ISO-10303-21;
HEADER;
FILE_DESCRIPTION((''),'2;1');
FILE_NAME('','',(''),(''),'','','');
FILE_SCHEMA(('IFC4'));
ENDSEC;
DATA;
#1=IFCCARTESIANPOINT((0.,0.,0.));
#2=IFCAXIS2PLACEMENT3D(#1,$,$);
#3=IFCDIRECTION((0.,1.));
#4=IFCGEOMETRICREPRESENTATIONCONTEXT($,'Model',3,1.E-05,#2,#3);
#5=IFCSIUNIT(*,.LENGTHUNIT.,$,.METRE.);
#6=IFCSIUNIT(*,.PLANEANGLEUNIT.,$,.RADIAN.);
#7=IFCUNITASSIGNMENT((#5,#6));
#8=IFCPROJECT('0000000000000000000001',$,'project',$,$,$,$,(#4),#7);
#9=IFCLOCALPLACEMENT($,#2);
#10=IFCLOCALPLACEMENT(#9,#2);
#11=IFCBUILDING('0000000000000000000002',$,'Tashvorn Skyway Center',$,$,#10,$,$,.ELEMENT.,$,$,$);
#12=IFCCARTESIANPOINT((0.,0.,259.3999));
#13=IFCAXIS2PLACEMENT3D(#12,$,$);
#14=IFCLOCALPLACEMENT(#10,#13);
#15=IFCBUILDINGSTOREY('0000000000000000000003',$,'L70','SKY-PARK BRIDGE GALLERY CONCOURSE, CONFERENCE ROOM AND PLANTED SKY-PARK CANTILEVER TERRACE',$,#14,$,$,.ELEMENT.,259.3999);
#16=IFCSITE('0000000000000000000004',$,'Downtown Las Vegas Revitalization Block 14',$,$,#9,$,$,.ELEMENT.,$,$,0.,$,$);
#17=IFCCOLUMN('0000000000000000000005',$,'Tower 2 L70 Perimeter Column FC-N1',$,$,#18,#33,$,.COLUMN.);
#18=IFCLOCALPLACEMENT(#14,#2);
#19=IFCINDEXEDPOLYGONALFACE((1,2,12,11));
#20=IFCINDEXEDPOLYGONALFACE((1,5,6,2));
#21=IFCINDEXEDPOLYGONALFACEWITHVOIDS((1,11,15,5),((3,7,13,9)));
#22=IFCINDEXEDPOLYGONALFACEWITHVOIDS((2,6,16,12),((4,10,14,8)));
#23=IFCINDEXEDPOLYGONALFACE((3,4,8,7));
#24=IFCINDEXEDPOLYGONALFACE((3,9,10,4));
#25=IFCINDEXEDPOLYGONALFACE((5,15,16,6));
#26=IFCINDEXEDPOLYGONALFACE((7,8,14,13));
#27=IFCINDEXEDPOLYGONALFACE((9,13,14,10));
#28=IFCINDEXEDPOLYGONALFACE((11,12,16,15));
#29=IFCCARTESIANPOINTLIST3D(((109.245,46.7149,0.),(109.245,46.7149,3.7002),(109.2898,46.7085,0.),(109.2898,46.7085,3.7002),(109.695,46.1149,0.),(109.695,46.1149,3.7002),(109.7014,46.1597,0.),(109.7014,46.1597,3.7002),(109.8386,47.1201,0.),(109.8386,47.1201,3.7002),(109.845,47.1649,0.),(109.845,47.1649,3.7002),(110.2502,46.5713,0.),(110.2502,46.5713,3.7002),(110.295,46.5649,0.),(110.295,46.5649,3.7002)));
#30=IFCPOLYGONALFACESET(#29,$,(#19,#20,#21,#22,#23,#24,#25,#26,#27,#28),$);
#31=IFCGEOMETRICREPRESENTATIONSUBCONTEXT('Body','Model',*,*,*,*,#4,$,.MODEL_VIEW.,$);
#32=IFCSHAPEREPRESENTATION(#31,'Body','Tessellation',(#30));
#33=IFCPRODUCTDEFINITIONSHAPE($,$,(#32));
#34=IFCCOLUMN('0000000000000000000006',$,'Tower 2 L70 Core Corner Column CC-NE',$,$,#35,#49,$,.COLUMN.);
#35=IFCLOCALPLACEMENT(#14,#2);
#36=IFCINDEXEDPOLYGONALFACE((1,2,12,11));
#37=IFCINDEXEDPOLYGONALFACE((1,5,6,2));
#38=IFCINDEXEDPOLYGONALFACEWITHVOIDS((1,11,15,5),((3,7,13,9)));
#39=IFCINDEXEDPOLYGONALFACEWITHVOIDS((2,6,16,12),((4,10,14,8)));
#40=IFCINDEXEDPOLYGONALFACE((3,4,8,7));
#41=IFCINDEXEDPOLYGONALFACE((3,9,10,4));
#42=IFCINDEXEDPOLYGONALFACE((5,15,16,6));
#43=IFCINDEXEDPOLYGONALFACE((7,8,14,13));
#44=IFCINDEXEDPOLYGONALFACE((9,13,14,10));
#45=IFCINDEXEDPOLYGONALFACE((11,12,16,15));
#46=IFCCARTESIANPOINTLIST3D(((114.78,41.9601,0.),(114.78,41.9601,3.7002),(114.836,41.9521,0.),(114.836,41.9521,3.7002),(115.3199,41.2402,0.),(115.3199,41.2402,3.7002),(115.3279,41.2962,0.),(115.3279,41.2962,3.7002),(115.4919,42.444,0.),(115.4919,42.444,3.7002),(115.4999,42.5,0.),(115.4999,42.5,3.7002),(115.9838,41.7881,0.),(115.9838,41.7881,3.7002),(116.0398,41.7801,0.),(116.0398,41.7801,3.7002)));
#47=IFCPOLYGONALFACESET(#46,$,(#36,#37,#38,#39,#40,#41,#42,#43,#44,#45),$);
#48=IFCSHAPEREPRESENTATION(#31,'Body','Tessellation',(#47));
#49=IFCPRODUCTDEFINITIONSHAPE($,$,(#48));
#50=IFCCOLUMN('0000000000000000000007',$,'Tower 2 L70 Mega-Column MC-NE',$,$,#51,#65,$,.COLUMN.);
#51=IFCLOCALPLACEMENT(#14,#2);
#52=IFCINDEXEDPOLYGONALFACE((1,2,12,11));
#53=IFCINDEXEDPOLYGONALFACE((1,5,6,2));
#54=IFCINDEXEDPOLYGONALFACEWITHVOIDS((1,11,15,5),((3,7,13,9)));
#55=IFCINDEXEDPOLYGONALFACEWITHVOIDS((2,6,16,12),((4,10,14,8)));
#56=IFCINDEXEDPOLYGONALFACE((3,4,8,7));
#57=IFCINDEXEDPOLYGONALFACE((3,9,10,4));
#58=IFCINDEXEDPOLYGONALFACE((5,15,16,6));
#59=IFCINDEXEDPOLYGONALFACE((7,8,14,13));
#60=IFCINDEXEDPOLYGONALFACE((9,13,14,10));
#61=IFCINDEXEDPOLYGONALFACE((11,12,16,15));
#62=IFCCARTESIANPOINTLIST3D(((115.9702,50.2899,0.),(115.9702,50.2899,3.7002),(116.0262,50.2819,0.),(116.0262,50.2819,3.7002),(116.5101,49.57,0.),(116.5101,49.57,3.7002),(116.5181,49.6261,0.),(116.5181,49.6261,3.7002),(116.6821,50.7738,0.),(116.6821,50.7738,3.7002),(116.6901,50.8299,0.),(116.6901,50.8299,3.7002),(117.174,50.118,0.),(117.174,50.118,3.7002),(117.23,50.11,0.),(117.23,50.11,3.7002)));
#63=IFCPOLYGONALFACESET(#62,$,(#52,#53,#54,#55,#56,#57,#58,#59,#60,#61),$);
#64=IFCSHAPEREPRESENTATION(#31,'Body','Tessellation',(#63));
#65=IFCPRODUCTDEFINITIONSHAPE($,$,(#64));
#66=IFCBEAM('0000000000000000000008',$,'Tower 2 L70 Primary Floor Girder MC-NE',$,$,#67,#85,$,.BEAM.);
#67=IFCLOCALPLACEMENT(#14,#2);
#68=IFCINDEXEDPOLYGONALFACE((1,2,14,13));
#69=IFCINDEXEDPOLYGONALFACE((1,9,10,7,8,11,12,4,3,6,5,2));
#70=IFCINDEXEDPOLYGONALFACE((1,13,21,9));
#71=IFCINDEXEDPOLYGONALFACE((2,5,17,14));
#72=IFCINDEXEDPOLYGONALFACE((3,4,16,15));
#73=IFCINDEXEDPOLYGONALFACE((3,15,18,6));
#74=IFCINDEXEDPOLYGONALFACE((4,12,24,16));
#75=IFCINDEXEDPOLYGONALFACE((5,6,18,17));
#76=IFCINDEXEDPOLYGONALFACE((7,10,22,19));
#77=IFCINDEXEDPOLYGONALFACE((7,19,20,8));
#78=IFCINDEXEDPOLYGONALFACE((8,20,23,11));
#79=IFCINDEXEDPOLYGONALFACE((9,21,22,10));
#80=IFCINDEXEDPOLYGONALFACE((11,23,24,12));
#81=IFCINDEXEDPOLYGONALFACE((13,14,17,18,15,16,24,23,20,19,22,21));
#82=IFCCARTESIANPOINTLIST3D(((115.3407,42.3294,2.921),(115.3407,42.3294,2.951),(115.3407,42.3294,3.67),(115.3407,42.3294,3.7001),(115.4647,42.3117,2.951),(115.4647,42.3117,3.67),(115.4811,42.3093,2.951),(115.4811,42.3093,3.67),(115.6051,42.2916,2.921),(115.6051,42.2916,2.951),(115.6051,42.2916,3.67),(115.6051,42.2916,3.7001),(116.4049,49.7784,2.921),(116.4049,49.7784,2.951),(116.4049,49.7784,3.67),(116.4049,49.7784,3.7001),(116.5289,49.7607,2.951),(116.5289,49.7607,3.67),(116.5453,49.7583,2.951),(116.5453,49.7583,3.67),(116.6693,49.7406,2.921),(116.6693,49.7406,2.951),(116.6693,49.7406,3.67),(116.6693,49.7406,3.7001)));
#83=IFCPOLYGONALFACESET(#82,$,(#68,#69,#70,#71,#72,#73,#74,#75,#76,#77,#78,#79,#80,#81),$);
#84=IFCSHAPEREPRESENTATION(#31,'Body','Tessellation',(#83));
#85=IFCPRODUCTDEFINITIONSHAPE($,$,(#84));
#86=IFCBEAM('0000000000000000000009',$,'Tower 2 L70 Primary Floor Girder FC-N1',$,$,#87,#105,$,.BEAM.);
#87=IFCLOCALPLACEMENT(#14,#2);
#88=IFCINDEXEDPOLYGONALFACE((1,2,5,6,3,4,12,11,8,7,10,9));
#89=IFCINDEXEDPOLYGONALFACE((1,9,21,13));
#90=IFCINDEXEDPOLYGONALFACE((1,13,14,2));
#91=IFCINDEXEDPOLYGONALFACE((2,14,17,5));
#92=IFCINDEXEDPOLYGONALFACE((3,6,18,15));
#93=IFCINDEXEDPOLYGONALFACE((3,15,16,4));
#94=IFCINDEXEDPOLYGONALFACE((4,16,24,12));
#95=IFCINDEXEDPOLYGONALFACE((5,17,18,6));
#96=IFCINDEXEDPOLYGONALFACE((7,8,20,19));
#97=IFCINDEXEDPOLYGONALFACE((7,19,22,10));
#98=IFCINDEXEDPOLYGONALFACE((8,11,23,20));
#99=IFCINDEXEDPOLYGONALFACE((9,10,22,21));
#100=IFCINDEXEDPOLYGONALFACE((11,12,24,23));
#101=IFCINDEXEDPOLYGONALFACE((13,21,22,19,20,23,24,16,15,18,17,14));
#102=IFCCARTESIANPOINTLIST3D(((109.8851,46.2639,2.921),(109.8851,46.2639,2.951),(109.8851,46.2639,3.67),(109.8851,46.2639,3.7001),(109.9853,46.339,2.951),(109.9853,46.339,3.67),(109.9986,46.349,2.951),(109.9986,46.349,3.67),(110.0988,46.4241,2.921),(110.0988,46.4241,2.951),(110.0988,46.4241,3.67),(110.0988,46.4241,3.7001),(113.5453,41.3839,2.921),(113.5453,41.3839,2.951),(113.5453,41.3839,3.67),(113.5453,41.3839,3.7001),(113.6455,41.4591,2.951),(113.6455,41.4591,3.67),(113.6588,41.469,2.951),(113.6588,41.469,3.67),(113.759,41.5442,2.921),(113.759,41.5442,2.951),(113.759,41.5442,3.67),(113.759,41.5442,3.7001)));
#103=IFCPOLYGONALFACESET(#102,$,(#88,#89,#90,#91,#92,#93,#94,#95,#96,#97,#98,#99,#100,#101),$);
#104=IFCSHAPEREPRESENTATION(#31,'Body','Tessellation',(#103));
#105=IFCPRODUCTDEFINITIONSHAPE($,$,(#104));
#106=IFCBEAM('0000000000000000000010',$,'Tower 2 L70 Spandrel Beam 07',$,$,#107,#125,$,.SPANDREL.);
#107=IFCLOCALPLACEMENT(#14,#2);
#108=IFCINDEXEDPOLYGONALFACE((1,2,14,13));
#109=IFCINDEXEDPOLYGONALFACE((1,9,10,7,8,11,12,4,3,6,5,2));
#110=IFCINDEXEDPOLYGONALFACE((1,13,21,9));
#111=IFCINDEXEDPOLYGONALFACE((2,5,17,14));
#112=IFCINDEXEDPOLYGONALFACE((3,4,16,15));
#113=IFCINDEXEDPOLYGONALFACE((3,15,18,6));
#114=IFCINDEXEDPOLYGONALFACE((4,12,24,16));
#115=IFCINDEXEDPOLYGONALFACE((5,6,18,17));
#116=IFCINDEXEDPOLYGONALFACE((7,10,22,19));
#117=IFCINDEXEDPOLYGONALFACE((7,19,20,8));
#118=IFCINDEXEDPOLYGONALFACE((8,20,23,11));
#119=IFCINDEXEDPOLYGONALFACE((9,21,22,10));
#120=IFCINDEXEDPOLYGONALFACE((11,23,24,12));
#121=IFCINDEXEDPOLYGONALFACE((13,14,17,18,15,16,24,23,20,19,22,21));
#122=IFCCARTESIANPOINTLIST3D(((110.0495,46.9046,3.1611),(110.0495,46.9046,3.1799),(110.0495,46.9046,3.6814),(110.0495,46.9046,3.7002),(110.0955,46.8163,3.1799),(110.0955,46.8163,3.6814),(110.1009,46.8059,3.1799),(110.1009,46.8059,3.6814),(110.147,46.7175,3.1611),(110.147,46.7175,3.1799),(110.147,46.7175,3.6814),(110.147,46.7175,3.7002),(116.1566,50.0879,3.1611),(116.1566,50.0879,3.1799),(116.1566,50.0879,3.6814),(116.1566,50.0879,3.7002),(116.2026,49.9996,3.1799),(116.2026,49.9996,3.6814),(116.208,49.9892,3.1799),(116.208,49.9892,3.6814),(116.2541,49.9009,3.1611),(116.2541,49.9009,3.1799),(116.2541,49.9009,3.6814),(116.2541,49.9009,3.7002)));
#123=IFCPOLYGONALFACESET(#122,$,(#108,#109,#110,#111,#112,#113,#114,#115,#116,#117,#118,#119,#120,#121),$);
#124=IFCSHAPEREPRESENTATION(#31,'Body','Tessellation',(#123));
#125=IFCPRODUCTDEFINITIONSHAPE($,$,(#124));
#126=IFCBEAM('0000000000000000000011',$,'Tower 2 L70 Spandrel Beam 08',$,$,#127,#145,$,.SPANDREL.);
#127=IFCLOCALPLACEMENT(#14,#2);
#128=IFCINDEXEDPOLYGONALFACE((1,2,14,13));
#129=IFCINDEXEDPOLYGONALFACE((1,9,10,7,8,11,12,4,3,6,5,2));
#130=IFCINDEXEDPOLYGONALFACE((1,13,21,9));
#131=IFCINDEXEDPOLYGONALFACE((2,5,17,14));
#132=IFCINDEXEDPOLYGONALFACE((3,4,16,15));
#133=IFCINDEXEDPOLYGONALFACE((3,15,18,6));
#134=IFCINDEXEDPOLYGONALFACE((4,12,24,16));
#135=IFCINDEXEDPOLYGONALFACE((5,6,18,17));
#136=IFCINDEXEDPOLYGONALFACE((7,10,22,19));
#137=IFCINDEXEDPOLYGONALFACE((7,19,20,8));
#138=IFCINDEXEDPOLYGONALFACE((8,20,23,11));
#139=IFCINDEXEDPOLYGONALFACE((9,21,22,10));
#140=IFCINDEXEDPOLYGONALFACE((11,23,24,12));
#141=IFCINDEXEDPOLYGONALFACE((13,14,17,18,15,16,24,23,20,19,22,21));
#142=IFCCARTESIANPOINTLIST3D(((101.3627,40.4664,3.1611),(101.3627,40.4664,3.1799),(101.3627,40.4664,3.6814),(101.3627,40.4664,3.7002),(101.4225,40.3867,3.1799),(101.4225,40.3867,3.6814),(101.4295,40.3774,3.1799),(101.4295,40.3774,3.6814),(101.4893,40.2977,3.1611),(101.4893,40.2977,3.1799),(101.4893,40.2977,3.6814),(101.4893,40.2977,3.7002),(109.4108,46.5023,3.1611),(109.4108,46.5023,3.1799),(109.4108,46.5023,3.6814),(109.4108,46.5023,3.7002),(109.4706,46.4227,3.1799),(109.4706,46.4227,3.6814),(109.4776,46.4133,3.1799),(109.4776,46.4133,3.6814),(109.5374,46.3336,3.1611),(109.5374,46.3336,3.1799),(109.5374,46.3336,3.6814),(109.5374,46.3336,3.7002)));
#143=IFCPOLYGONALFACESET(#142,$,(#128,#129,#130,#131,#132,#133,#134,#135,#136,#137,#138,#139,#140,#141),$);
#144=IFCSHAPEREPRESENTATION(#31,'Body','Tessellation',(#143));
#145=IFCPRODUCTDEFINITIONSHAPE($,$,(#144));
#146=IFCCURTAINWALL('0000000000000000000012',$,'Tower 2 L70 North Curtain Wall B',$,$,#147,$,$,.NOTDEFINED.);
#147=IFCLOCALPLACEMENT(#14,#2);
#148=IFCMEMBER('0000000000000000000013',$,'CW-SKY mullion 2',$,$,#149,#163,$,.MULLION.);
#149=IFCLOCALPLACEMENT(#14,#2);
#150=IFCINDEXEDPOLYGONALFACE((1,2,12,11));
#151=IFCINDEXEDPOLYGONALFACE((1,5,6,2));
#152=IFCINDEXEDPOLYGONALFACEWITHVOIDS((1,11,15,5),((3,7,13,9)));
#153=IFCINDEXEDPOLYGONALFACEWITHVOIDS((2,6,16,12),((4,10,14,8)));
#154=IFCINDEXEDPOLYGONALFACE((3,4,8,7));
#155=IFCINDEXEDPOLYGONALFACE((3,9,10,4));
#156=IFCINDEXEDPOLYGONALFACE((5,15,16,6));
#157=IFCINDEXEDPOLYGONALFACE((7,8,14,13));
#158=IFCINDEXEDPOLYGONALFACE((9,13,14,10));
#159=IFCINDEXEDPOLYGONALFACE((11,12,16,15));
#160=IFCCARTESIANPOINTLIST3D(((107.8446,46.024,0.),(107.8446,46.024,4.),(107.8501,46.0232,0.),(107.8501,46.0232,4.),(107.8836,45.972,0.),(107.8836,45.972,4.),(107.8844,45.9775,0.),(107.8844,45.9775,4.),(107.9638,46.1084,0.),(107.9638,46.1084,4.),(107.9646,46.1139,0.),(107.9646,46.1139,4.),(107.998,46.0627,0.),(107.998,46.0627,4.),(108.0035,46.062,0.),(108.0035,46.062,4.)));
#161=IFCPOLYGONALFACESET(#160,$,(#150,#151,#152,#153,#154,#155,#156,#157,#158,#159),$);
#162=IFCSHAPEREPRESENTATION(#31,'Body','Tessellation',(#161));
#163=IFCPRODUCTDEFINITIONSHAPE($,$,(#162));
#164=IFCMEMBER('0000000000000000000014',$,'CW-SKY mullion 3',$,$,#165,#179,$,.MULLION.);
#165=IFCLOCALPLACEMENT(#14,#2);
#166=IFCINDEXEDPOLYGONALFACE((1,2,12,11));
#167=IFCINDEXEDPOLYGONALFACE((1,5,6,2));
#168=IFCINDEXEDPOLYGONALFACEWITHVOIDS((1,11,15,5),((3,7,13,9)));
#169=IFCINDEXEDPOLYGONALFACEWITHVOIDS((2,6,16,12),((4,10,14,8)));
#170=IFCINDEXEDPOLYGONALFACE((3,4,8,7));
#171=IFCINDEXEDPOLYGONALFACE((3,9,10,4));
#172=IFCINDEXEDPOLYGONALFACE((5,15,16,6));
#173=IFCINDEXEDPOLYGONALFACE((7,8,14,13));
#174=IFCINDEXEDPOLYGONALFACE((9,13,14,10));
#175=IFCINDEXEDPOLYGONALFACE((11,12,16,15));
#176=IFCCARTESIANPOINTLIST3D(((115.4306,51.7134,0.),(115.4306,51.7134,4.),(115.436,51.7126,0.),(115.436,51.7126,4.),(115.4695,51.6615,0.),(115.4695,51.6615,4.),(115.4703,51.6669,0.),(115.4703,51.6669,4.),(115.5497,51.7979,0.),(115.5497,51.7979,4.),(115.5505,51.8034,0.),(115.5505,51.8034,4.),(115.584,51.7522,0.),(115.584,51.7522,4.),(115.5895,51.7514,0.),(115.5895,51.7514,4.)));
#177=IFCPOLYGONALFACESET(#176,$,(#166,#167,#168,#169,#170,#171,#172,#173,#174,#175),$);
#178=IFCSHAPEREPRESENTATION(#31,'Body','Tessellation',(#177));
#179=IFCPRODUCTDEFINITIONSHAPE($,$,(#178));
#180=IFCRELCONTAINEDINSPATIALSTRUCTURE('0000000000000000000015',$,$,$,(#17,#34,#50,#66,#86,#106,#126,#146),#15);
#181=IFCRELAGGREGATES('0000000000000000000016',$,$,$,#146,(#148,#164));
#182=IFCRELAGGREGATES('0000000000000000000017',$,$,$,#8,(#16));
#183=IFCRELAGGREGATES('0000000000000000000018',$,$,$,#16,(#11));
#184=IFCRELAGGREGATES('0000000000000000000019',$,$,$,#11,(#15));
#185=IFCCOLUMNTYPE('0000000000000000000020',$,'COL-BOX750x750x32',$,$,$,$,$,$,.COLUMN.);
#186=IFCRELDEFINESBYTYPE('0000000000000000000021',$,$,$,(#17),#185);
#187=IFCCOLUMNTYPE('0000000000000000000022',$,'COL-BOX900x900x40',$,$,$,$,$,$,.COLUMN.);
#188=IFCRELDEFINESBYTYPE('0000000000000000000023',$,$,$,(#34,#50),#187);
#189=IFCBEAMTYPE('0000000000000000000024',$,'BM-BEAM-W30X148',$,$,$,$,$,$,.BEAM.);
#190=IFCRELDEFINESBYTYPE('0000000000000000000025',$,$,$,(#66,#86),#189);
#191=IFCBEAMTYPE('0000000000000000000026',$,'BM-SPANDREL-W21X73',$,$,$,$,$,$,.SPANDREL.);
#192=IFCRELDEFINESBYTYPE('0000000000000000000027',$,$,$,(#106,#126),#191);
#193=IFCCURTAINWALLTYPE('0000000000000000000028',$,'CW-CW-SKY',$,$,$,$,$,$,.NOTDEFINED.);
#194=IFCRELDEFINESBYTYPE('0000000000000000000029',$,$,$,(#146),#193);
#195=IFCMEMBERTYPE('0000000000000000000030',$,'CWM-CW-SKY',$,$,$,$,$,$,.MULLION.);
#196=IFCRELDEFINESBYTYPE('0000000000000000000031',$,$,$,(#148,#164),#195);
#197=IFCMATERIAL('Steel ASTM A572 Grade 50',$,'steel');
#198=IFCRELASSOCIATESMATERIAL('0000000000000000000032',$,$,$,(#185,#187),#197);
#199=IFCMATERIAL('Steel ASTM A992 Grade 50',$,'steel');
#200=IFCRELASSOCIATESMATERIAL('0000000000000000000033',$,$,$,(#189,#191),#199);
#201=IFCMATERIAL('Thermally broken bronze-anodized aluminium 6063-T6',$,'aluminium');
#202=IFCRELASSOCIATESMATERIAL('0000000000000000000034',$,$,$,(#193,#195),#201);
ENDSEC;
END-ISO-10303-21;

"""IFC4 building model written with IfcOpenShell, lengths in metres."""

from ifc_helpers import new_model, si_unit, direction, frame, origin, origin_2d, place, context, subcontext, project, spatial, hollow_rectangle, i_section, extrude, material, material_profile, profile_set, type_object, element, aggregate, save


model = new_model("IFC4")

# Units and contexts
model_context = context("Model", 3, precision=1e-05, world=origin(), true_north=direction((0.0, 1.0)))
body_context = subcontext(model_context, "Body", "Model", "MODEL_VIEW")
ifc_project = project(units=[si_unit("LENGTHUNIT", "METRE"), si_unit("PLANEANGLEUNIT", "RADIAN")], contexts=[model_context])

# Site, building, storey
site_placement = place(None, origin())
site = spatial("IfcSite", under=ifc_project, at=site_placement, Name="Downtown Las Vegas Revitalization Block 14", CompositionType="ELEMENT", RefElevation=0.0)
building_placement = place(site_placement, origin())
building = spatial("IfcBuilding", under=site, at=building_placement, Name="Tashvorn Skyway Center", CompositionType="ELEMENT")
storey_placement = place(building_placement, frame((0.0, 0.0, 259.3999)))
storey = spatial("IfcBuildingStorey", under=building, at=storey_placement, Name="L70", Description="SKY-PARK BRIDGE GALLERY CONCOURSE, CONFERENCE ROOM AND PLANTED SKY-PARK CANTILEVER TERRACE", CompositionType="ELEMENT", Elevation=259.3999)

# Columns
ifc_material_1 = material(Name="Steel ASTM A572 Grade 50", Category="steel")
ifc_material_profile_1 = material_profile(ifc_material_1, hollow_rectangle(XDim=0.75, YDim=0.75, WallThickness=0.032, at=origin_2d()), Name="BOX750x750x32")
ifc_profile_set_1 = profile_set([ifc_material_profile_1], Name="Steel ASTM A572 Grade 50")
column_type_1 = type_object("IfcColumnType", Name="COL-BOX750x750x32", PredefinedType="COLUMN", material=ifc_profile_set_1)
column_placement = place(storey_placement, frame((109.77, 46.6399, 0.0), z_axis=(0.0, 0.0, 1.0), x_axis=(0.8, 0.6, 0.0)))
element("IfcColumn", 1, at=column_placement, inside=storey, type_object=column_type_1, Name="Tower 2 L70 Perimeter Column FC-N1", PredefinedType="COLUMN", context=body_context, shape_type="SweptSolid", body=[
    extrude(hollow_rectangle(XDim=0.75, YDim=0.75, WallThickness=0.032, at=origin_2d()), origin(), (0.0, 0.0, 1.0), 3.7002),
])
ifc_material_profile_2 = material_profile(ifc_material_1, hollow_rectangle(XDim=0.8999, YDim=0.8999, WallThickness=0.04, at=origin_2d()), Name="BOX900x900x40")
ifc_profile_set_2 = profile_set([ifc_material_profile_2], Name="Steel ASTM A572 Grade 50")
column_type_2 = type_object("IfcColumnType", Name="COL-BOX900x900x40", PredefinedType="COLUMN", material=ifc_profile_set_2)
for number, where, z_axis, x_axis, name in (
    (2, (115.4099, 41.8701, 0.0), (0.0, 0.0, 1.0), (0.8, 0.6, 0.0), "Tower 2 L70 Core Corner Column CC-NE"),
    (3, (116.6001, 50.2, 0.0), (0.0, 0.0, 1.0), (0.8, 0.6, 0.0), "Tower 2 L70 Mega-Column MC-NE"),
):
    element("IfcColumn", number, at=place(storey_placement, frame(where, z_axis=z_axis, x_axis=x_axis)), inside=storey, type_object=column_type_2, Name=name, PredefinedType="COLUMN", context=body_context, shape_type="SweptSolid", body=[
        extrude(hollow_rectangle(XDim=0.8999, YDim=0.8999, WallThickness=0.04, at=origin_2d()), origin(), (0.0, 0.0, 1.0), 3.7002),
    ])

# Beams
ifc_material_2 = material(Name="Steel ASTM A992 Grade 50", Category="steel")
ifc_material_profile_3 = material_profile(ifc_material_2, i_section(OverallWidth=0.2671, OverallDepth=0.7791, WebThickness=0.0166, FlangeThickness=0.03, at=origin_2d()), Name="W30X148")
ifc_profile_set_3 = profile_set([ifc_material_profile_3], Name="Steel ASTM A992 Grade 50")
beam_type_1 = type_object("IfcBeamType", Name="BM-BEAM-W30X148", PredefinedType="BEAM", material=ifc_profile_set_3)
beam_1_placement = place(storey_placement, frame((116.5371, 49.7595, 3.3105), z_axis=(-0.14143, -0.989948, 0.0), x_axis=(0.989948, -0.14143, 0.0)))
element("IfcBeam", 4, at=beam_1_placement, inside=storey, type_object=beam_type_1, Name="Tower 2 L70 Primary Floor Girder MC-NE", PredefinedType="BEAM", context=body_context, shape_type="SweptSolid", body=[
    extrude(i_section(OverallWidth=0.2671, OverallDepth=0.7791, WebThickness=0.0166, FlangeThickness=0.03, at=origin_2d()), origin(), (0.0, 0.0, 1.0), 7.5247),
])
beam_2_placement = place(storey_placement, frame((109.9919, 46.344, 3.3105), z_axis=(0.600026, -0.799981, 0.0), x_axis=(0.799981, 0.600026, 0.0)))
element("IfcBeam", 5, at=beam_2_placement, inside=storey, type_object=beam_type_1, Name="Tower 2 L70 Primary Floor Girder FC-N1", PredefinedType="BEAM", context=body_context, shape_type="SweptSolid", body=[
    extrude(i_section(OverallWidth=0.2671, OverallDepth=0.7791, WebThickness=0.0166, FlangeThickness=0.03, at=origin_2d()), origin(), (0.0, 0.0, 1.0), 6.1001),
])
ifc_material_profile_4 = material_profile(ifc_material_2, i_section(OverallWidth=0.2109, OverallDepth=0.5391, WebThickness=0.0117, FlangeThickness=0.0188, at=origin_2d()), Name="W21X73")
ifc_profile_set_4 = profile_set([ifc_material_profile_4], Name="Steel ASTM A992 Grade 50")
beam_type_2 = type_object("IfcBeamType", Name="BM-SPANDREL-W21X73", PredefinedType="SPANDREL", material=ifc_profile_set_4)
beam_3_placement = place(storey_placement, frame((116.2053, 49.9944, 3.4307), z_axis=(-0.886764, -0.462223, 0.0), x_axis=(0.462223, -0.886764, 0.0)))
element("IfcBeam", 6, at=beam_3_placement, inside=storey, type_object=beam_type_2, Name="Tower 2 L70 Spandrel Beam 07", PredefinedType="SPANDREL", context=body_context, shape_type="SweptSolid", body=[
    extrude(i_section(OverallWidth=0.2109, OverallDepth=0.5391, WebThickness=0.0117, FlangeThickness=0.0188, at=origin_2d()), origin(), (0.0, 0.0, 1.0), 6.887),
])
beam_4_placement = place(storey_placement, frame((109.4741, 46.418, 3.4307), z_axis=(-0.800009, -0.599988, 0.0), x_axis=(0.599988, -0.800009, 0.0)))
element("IfcBeam", 7, at=beam_4_placement, inside=storey, type_object=beam_type_2, Name="Tower 2 L70 Spandrel Beam 08", PredefinedType="SPANDREL", context=body_context, shape_type="SweptSolid", body=[
    extrude(i_section(OverallWidth=0.2109, OverallDepth=0.5391, WebThickness=0.0117, FlangeThickness=0.0188, at=origin_2d()), origin(), (0.0, 0.0, 1.0), 10.0601),
])

# Curtain wall, members
ifc_material_3 = material(Name="Thermally broken bronze-anodized aluminium 6063-T6", Category="aluminium")
curtain_wall_type = type_object("IfcCurtainWallType", Name="CW-CW-SKY", PredefinedType="NOTDEFINED", material=ifc_material_3)
curtain_wall_1_placement = place(storey_placement, origin())
curtain_wall_1 = element("IfcCurtainWall", 8, at=curtain_wall_1_placement, inside=storey, type_object=curtain_wall_type, Name="Tower 2 L70 North Curtain Wall B", PredefinedType="NOTDEFINED")
ifc_material_profile_5 = material_profile(ifc_material_3, hollow_rectangle(XDim=0.0649, YDim=0.1499, WallThickness=0.0039, at=origin_2d()), Name="ALU-MULL-65x150")
ifc_profile_set_5 = profile_set([ifc_material_profile_5], Name="Thermally broken bronze-anodized aluminium 6063-T6")
member_type_1 = type_object("IfcMemberType", Name="CWM-CW-SKY", PredefinedType="MULLION", material=ifc_profile_set_5)
member_1_placement = place(storey_placement, frame((107.9241, 46.043, 0.0), z_axis=(0.0, 0.0, 1.0), x_axis=(-0.6, 0.8, 0.0)))
member_1 = element("IfcMember", 9, at=member_1_placement, type_object=member_type_1, Name="CW-SKY mullion 2", PredefinedType="MULLION", context=body_context, shape_type="SweptSolid", body=[
    extrude(hollow_rectangle(XDim=0.0649, YDim=0.1499, WallThickness=0.0039, at=origin_2d()), origin(), (0.0, 0.0, 1.0), 4.0),
])
member_2_placement = place(storey_placement, frame((115.51, 51.7324, 0.0), z_axis=(0.0, 0.0, 1.0), x_axis=(-0.6, 0.8, 0.0)))
member_2 = element("IfcMember", 10, at=member_2_placement, type_object=member_type_1, Name="CW-SKY mullion 3", PredefinedType="MULLION", context=body_context, shape_type="SweptSolid", body=[
    extrude(hollow_rectangle(XDim=0.0649, YDim=0.1499, WallThickness=0.0039, at=origin_2d()), origin(), (0.0, 0.0, 1.0), 4.0),
])

aggregate(curtain_wall_1, [member_1, member_2])

save(model, "model.ifc")
